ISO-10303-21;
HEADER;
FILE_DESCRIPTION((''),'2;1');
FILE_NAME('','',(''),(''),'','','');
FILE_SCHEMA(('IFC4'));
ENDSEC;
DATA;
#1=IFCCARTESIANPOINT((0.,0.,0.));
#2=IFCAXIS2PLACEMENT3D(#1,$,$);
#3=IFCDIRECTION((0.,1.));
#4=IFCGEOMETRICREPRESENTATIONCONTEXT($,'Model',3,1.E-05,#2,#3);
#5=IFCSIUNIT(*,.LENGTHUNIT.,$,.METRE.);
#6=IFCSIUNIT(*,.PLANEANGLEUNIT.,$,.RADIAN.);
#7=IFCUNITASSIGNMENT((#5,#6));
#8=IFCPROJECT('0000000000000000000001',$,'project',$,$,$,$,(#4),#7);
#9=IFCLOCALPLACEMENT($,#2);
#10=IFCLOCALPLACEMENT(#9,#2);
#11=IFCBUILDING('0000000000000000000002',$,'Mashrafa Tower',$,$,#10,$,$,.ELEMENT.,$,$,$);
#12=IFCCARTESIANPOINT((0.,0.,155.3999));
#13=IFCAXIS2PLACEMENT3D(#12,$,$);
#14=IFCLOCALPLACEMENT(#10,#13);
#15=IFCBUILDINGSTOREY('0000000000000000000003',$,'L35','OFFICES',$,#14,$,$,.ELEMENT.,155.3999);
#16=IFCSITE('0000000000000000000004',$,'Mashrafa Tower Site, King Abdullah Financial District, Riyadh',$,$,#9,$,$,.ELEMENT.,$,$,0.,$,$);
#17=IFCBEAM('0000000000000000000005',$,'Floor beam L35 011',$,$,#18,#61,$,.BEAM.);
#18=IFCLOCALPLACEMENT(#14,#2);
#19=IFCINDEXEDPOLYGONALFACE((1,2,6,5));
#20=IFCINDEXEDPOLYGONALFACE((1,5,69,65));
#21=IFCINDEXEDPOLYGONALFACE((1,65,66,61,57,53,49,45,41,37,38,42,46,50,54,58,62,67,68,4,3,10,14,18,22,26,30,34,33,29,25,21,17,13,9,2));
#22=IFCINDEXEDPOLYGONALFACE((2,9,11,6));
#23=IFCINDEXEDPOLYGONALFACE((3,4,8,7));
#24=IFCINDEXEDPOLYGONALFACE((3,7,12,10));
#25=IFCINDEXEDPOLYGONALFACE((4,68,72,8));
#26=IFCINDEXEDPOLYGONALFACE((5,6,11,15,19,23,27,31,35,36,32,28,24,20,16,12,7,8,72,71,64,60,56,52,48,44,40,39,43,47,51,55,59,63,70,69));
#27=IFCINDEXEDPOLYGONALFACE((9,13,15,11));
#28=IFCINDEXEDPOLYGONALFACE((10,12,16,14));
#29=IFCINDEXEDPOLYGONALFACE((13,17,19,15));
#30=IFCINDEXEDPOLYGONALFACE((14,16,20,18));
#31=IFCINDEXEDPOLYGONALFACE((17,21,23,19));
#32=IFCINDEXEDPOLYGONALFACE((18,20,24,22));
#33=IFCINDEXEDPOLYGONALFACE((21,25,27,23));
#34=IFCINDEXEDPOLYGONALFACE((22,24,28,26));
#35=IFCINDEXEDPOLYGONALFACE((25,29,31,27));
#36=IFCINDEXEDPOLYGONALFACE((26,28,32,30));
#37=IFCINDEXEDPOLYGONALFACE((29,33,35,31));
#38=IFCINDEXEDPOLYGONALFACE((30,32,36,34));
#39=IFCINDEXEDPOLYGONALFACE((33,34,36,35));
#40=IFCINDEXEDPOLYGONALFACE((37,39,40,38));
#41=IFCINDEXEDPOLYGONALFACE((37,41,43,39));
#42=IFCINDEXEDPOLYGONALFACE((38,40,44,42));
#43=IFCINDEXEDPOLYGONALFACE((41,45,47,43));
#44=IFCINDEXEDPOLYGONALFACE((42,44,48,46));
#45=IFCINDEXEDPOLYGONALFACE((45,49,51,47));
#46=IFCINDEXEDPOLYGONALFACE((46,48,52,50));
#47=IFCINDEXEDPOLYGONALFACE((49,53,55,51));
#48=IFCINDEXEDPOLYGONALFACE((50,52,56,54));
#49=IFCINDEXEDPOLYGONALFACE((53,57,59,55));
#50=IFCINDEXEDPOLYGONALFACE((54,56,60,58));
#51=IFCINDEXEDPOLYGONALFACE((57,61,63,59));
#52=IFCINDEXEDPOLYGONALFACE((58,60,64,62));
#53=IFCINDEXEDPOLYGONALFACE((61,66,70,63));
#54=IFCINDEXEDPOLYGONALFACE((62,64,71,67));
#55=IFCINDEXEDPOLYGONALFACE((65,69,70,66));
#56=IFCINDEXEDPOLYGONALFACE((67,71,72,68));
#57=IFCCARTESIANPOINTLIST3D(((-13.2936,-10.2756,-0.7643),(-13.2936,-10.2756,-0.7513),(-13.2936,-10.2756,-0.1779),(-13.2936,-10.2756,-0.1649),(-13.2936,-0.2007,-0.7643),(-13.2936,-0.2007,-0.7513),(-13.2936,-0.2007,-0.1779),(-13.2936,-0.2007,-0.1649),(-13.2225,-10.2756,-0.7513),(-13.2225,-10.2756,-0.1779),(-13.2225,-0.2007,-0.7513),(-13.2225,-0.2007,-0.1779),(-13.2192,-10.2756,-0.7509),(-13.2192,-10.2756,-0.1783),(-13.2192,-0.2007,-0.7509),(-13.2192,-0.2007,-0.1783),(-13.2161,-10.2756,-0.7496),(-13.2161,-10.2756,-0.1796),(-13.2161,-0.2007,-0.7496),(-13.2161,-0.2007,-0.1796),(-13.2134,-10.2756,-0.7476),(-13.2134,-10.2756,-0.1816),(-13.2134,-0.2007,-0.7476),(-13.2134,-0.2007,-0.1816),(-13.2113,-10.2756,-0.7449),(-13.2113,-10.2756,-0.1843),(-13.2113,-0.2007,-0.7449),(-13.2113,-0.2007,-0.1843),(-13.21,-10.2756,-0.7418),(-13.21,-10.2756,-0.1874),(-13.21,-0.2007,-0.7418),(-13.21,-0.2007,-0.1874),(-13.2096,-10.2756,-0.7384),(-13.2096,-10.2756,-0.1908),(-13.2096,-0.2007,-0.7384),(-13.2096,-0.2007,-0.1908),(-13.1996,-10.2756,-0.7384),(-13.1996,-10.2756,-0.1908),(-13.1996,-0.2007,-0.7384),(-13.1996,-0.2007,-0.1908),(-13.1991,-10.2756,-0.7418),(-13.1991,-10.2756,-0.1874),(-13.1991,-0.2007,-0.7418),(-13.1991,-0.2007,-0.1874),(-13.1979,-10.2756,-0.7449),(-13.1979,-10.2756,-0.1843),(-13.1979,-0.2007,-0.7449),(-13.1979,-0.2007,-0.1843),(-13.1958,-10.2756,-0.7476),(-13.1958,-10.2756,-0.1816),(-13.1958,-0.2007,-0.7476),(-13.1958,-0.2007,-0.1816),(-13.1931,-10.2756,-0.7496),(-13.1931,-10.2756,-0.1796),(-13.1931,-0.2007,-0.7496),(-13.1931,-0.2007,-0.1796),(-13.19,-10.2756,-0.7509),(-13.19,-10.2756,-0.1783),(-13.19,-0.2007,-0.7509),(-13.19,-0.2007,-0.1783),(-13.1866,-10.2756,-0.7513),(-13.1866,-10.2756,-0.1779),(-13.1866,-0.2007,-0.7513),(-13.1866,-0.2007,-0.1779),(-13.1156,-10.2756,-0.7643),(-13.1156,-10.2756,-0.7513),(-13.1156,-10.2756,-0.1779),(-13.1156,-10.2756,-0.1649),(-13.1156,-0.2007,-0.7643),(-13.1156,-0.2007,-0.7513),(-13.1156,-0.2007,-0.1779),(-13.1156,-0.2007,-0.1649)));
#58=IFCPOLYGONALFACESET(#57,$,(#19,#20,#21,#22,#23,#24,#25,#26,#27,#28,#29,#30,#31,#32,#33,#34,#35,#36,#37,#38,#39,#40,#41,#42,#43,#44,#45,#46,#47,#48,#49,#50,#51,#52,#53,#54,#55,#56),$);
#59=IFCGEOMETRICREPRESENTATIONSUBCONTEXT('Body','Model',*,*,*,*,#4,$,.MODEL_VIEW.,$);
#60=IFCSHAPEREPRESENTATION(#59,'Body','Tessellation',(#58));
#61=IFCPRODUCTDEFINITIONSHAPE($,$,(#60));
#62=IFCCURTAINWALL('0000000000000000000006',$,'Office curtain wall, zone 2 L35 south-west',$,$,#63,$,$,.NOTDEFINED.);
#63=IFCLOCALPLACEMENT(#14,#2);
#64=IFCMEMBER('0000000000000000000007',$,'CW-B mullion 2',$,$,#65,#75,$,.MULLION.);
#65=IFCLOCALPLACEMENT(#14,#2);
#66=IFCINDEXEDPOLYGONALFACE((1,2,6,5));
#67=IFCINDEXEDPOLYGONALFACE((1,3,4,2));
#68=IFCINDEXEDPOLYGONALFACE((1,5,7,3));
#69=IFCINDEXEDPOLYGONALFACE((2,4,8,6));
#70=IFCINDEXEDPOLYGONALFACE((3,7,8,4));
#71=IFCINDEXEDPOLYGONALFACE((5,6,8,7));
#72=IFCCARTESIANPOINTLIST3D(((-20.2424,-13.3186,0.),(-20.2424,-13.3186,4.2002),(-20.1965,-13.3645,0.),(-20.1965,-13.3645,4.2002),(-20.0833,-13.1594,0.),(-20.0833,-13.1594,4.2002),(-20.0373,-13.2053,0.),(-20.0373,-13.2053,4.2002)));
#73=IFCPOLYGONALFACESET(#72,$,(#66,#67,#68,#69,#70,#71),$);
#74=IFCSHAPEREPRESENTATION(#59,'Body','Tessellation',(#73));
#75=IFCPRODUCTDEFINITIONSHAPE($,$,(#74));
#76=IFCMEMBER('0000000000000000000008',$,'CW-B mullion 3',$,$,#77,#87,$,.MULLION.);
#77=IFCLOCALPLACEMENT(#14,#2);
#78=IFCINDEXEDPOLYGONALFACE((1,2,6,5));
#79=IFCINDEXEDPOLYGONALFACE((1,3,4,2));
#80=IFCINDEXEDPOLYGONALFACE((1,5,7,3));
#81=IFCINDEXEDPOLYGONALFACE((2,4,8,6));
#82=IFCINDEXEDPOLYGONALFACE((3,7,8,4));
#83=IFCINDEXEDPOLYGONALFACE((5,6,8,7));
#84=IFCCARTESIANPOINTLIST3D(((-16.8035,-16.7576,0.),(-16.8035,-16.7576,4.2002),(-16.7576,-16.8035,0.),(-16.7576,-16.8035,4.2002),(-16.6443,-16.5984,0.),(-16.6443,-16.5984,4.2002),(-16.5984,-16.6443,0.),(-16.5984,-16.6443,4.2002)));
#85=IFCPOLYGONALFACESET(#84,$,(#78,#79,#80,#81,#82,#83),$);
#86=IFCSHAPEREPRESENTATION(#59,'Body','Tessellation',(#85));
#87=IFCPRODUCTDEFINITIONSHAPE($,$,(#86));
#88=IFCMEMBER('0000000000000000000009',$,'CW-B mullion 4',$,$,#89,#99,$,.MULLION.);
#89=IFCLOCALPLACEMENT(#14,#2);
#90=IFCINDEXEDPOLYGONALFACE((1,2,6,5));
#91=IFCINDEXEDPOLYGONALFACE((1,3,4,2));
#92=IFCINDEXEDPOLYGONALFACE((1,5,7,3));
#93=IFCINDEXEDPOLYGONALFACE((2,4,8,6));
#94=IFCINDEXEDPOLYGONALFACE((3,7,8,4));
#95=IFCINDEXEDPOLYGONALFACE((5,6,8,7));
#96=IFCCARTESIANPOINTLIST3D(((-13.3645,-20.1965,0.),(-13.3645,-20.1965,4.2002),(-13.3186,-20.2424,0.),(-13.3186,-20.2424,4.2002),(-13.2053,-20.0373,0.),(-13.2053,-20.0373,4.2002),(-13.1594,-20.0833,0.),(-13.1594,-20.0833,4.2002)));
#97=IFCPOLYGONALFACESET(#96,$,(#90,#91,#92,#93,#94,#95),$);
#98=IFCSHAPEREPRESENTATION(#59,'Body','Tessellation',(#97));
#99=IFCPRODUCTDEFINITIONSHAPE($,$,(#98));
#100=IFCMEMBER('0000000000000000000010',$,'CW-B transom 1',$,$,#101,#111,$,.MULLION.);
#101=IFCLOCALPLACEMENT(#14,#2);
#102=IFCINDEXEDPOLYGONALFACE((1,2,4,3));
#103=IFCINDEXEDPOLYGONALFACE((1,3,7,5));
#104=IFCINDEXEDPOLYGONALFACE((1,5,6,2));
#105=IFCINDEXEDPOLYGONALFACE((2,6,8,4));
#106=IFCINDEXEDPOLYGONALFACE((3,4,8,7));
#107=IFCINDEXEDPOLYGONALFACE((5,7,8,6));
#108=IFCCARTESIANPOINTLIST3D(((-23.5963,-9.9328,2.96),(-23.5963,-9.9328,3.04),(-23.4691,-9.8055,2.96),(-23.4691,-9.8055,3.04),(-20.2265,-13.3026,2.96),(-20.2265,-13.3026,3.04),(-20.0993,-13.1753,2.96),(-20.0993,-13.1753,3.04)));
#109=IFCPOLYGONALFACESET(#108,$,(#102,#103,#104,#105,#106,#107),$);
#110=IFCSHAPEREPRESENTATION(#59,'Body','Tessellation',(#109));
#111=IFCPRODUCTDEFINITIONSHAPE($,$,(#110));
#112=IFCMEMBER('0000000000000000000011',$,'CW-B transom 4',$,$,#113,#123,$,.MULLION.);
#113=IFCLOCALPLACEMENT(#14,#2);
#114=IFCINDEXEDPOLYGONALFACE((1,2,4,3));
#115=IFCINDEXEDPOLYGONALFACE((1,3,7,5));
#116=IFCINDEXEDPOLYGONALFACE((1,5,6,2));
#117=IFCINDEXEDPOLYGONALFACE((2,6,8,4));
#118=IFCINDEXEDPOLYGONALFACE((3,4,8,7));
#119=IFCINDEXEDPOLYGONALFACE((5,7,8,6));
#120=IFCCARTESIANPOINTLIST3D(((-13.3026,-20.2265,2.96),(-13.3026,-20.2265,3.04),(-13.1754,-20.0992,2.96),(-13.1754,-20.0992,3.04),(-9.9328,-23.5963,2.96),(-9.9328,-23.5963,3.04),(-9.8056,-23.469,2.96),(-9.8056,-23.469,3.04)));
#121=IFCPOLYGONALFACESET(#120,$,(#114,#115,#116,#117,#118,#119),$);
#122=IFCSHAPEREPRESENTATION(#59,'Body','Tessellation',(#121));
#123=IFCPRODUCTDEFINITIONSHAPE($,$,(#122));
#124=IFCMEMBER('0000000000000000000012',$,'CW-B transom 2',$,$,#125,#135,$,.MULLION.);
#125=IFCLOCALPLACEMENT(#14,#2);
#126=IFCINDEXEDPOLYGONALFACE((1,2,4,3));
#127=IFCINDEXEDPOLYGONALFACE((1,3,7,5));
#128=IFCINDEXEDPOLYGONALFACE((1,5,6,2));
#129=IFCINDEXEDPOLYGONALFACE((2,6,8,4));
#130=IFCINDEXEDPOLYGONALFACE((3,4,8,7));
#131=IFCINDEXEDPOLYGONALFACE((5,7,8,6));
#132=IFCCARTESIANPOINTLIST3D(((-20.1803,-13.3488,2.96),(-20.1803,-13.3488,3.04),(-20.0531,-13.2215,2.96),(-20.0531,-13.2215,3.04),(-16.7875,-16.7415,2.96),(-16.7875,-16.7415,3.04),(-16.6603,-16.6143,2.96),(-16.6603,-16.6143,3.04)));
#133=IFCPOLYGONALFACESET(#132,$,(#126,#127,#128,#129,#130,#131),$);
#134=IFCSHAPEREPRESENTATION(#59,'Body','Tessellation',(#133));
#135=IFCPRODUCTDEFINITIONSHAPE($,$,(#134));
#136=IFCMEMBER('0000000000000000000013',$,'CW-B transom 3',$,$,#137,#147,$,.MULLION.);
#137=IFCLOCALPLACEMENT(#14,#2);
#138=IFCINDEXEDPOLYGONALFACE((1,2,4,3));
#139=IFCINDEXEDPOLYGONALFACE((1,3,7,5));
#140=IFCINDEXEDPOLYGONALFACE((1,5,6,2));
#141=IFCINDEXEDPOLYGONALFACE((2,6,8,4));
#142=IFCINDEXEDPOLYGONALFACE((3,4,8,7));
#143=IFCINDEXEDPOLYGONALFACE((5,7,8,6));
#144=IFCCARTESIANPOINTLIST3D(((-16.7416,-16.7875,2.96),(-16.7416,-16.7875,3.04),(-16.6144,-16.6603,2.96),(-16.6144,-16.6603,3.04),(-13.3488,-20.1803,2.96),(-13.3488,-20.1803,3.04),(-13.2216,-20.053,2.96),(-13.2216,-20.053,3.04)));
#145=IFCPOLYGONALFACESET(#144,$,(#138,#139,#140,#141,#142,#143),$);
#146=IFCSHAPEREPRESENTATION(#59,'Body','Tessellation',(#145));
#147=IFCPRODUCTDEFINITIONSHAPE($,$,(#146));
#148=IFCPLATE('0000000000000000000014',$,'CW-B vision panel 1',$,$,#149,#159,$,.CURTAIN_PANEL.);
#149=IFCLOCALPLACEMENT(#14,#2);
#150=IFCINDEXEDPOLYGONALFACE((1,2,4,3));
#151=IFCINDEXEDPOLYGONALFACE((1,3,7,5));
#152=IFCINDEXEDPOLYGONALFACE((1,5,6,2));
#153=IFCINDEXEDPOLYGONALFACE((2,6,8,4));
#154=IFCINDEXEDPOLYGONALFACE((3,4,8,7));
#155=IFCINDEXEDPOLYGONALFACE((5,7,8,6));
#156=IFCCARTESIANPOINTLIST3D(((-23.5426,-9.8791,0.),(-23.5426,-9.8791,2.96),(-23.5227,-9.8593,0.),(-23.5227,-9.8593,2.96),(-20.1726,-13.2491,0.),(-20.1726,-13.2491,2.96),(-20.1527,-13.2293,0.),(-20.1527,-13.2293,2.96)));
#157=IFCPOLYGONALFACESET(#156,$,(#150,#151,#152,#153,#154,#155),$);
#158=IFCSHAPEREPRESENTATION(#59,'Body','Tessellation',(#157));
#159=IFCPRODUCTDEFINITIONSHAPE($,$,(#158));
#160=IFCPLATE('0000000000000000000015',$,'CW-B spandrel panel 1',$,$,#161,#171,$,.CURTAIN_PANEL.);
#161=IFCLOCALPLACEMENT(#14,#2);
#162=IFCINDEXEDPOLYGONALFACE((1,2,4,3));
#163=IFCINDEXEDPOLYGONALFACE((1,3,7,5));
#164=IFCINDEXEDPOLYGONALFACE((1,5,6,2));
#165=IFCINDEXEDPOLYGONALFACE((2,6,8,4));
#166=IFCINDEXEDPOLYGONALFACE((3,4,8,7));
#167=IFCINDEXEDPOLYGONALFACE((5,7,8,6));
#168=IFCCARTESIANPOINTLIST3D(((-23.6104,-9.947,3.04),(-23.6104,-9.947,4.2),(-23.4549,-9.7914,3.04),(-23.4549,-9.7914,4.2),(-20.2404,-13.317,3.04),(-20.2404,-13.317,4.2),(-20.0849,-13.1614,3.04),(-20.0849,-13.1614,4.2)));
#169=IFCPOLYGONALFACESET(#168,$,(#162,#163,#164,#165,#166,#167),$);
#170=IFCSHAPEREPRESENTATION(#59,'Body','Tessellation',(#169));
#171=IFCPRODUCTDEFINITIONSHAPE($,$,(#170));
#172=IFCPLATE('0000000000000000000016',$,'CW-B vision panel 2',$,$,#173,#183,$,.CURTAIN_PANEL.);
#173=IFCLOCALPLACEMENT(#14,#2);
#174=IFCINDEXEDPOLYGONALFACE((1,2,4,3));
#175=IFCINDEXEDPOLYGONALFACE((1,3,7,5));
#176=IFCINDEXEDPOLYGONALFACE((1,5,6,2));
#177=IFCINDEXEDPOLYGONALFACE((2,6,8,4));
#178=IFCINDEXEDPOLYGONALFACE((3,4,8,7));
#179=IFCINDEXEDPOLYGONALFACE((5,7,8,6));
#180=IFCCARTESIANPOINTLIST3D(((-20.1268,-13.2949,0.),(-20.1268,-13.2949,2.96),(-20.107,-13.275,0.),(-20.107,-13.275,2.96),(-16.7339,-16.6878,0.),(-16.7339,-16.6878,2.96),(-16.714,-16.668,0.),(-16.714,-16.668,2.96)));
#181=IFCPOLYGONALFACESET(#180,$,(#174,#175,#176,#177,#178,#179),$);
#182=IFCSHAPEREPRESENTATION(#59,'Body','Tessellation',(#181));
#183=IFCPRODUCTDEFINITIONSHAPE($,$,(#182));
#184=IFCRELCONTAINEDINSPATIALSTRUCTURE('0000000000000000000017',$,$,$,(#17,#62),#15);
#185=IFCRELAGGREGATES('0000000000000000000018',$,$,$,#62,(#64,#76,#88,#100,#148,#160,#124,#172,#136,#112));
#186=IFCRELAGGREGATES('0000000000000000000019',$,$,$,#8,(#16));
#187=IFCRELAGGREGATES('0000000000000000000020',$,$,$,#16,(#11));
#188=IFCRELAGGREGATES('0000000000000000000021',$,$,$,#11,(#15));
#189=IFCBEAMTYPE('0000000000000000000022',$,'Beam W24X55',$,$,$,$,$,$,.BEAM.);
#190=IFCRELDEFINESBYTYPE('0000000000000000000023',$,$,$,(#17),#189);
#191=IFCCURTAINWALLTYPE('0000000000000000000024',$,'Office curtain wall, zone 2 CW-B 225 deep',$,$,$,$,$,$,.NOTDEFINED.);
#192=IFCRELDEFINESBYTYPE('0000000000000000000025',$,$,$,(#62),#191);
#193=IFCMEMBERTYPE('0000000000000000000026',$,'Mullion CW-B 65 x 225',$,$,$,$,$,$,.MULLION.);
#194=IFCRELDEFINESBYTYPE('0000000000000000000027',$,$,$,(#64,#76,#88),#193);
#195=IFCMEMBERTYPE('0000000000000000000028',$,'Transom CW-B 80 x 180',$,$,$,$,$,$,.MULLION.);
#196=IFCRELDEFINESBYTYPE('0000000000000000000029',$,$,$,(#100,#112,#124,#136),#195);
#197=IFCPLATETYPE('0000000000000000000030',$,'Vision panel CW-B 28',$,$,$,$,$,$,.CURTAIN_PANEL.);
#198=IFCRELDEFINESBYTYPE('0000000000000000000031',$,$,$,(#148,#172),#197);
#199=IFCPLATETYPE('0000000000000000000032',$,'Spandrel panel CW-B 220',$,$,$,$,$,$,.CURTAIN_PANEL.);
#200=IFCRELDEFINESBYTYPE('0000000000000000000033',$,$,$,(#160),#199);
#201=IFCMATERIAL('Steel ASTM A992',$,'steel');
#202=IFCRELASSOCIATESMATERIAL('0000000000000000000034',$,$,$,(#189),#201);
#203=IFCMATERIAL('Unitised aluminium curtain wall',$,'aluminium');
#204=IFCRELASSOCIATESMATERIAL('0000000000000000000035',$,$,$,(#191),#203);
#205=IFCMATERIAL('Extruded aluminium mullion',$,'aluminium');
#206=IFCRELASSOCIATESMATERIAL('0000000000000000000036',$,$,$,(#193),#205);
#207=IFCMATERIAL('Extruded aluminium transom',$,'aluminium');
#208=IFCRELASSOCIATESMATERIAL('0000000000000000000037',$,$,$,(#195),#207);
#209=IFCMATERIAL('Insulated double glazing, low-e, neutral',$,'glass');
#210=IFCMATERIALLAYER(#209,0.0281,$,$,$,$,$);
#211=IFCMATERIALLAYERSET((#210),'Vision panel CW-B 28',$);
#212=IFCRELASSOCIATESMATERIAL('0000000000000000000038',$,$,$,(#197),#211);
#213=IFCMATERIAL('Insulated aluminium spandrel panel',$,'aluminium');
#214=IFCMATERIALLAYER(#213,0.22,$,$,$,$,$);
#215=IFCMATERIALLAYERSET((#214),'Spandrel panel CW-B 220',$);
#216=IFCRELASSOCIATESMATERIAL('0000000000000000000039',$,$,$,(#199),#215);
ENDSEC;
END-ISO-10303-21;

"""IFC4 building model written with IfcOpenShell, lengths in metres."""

from ifc_helpers import new_model, si_unit, direction, frame, origin, origin_2d, place, context, subcontext, project, spatial, rectangle, i_section, extrude, source, transform, mapped, material, layer, layer_set, material_profile, profile_set, type_object, type_shapes, element, aggregate, save


model = new_model("IFC4")

# Units and contexts
model_context = context("Model", 3, precision=1e-05, world=origin(), true_north=direction((0.0, 1.0)))
body_context = subcontext(model_context, "Body", "Model", "MODEL_VIEW")
ifc_project = project(units=[si_unit("LENGTHUNIT", "METRE"), si_unit("PLANEANGLEUNIT", "RADIAN")], contexts=[model_context])

# Site, building, storey
site_placement = place(None, origin())
site = spatial("IfcSite", under=ifc_project, at=site_placement, Name="Mashrafa Tower Site, King Abdullah Financial District, Riyadh", CompositionType="ELEMENT", RefElevation=0.0)
building_placement = place(site_placement, origin())
building = spatial("IfcBuilding", under=site, at=building_placement, Name="Mashrafa Tower", CompositionType="ELEMENT")
storey_placement = place(building_placement, frame((0.0, 0.0, 155.3999)))
storey = spatial("IfcBuildingStorey", under=building, at=storey_placement, Name="L35", Description="OFFICES", CompositionType="ELEMENT", Elevation=155.3999)

# Beam
ifc_material_1 = material(Name="Steel ASTM A992", Category="steel")
ifc_material_profile_1 = material_profile(ifc_material_1, i_section(OverallWidth=0.178, OverallDepth=0.5994, WebThickness=0.01, FlangeThickness=0.0129, FilletRadius=0.0129, at=origin_2d()), Name="W24X55")
ifc_profile_set_1 = profile_set([ifc_material_profile_1], Name="Steel ASTM A992")
beam_type_1 = type_object("IfcBeamType", Name="Beam W24X55", PredefinedType="BEAM", material=ifc_profile_set_1)
beam_1_placement = place(storey_placement, frame((-13.2046, -10.2756, -0.4646), z_axis=(0.0, 1.0, 0.0), x_axis=(-1.0, 0.0, 0.0)))
element("IfcBeam", 1, at=beam_1_placement, inside=storey, type_object=beam_type_1, Name="Floor beam L35 011", PredefinedType="BEAM", context=body_context, shape_type="SweptSolid", body=[
    extrude(i_section(OverallWidth=0.178, OverallDepth=0.5994, WebThickness=0.01, FlangeThickness=0.0129, FilletRadius=0.0129, at=origin_2d()), origin(), (0.0, 0.0, 1.0), 10.075),
])

# Curtain wall, members, plates
ifc_material_2 = material(Name="Unitised aluminium curtain wall", Category="aluminium")
curtain_wall_type = type_object("IfcCurtainWallType", Name="Office curtain wall, zone 2 CW-B 225 deep", PredefinedType="NOTDEFINED", material=ifc_material_2)
curtain_wall_placement = place(storey_placement, origin())
curtain_wall = element("IfcCurtainWall", 2, at=curtain_wall_placement, inside=storey, type_object=curtain_wall_type, Name="Office curtain wall, zone 2 L35 south-west", PredefinedType="NOTDEFINED")
ifc_material_3 = material(Name="Extruded aluminium mullion", Category="aluminium")
ifc_material_profile_2 = material_profile(ifc_material_3, rectangle(XDim=0.2251, YDim=0.0649, at=origin_2d()), Name="Mullion 65x225")
ifc_profile_set_2 = profile_set([ifc_material_profile_2], Name="Extruded aluminium mullion")
member_type_1 = type_object("IfcMemberType", Name="Mullion CW-B 65 x 225", PredefinedType="MULLION", material=ifc_profile_set_2)
shared_shape_1 = source(origin(), body_context, "Body", "SweptSolid", [
    extrude(rectangle(XDim=0.2251, YDim=0.0649, at=origin_2d()), origin(), (0.0, 0.0, 1.0), 4.2002),
])
type_shapes(member_type_1, [shared_shape_1])
member_1_placement = place(storey_placement, frame((-20.1399, -13.262, 0.0), z_axis=(0.0, 0.0, 1.0), x_axis=(0.707107, 0.707107, 0.0)))
member_1 = element("IfcMember", 3, at=member_1_placement, type_object=member_type_1, Name="CW-B mullion 2", PredefinedType="MULLION", context=body_context, shape_type="MappedRepresentation", body=[
    mapped(shared_shape_1, transform((0.0, 0.0, 0.0))),
])
member_2_placement = place(storey_placement, frame((-16.7009, -16.7009, 0.0), z_axis=(0.0, 0.0, 1.0), x_axis=(0.707107, 0.707107, 0.0)))
member_2 = element("IfcMember", 4, at=member_2_placement, type_object=member_type_1, Name="CW-B mullion 3", PredefinedType="MULLION", context=body_context, shape_type="MappedRepresentation", body=[
    mapped(shared_shape_1, transform((0.0, 0.0, 0.0))),
])
member_3_placement = place(storey_placement, frame((-13.262, -20.1399, 0.0), z_axis=(0.0, 0.0, 1.0), x_axis=(0.707107, 0.707107, 0.0)))
member_3 = element("IfcMember", 5, at=member_3_placement, type_object=member_type_1, Name="CW-B mullion 4", PredefinedType="MULLION", context=body_context, shape_type="MappedRepresentation", body=[
    mapped(shared_shape_1, transform((0.0, 0.0, 0.0))),
])
ifc_material_4 = material(Name="Extruded aluminium transom", Category="aluminium")
ifc_material_profile_3 = material_profile(ifc_material_4, rectangle(XDim=0.1799, YDim=0.0801, at=origin_2d()), Name="Transom 80x180")
ifc_profile_set_3 = profile_set([ifc_material_profile_3], Name="Extruded aluminium transom")
member_type_2 = type_object("IfcMemberType", Name="Transom CW-B 80 x 180", PredefinedType="MULLION", material=ifc_profile_set_3)
shared_shape_2 = source(origin(), body_context, "Body", "SweptSolid", [
    extrude(rectangle(XDim=0.1799, YDim=0.0801, at=origin_2d()), origin(), (0.0, 0.0, 1.0), 4.7656),
])
member_4_placement = place(storey_placement, frame((-23.5327, -9.8691, 3.0), z_axis=(0.707107, -0.707107, 0.0), x_axis=(0.707107, 0.707107, 0.0)))
member_4 = element("IfcMember", 6, at=member_4_placement, type_object=member_type_2, Name="CW-B transom 1", PredefinedType="MULLION", context=body_context, shape_type="MappedRepresentation", body=[
    mapped(shared_shape_2, transform((0.0, 0.0, 0.0))),
])
member_5_placement = place(storey_placement, frame((-13.239, -20.1628, 3.0), z_axis=(0.707107, -0.707107, 0.0), x_axis=(0.707107, 0.707107, 0.0)))
member_5 = element("IfcMember", 7, at=member_5_placement, type_object=member_type_2, Name="CW-B transom 4", PredefinedType="MULLION", context=body_context, shape_type="MappedRepresentation", body=[
    mapped(shared_shape_2, transform((0.0, 0.0, 0.0))),
])
shared_shape_3 = source(origin(), body_context, "Body", "SweptSolid", [
    extrude(rectangle(XDim=0.1799, YDim=0.0801, at=origin_2d()), origin(), (0.0, 0.0, 1.0), 4.7981),
])
type_shapes(member_type_2, [shared_shape_2, shared_shape_3])
member_6_placement = place(storey_placement, frame((-20.1167, -13.2852, 3.0), z_axis=(0.707107, -0.707107, 0.0), x_axis=(0.707107, 0.707107, 0.0)))
member_6 = element("IfcMember", 8, at=member_6_placement, type_object=member_type_2, Name="CW-B transom 2", PredefinedType="MULLION", context=body_context, shape_type="MappedRepresentation", body=[
    mapped(shared_shape_3, transform((0.0, 0.0, 0.0))),
])
member_7_placement = place(storey_placement, frame((-16.678, -16.7239, 3.0), z_axis=(0.707107, -0.707107, 0.0), x_axis=(0.707107, 0.707107, 0.0)))
member_7 = element("IfcMember", 9, at=member_7_placement, type_object=member_type_2, Name="CW-B transom 3", PredefinedType="MULLION", context=body_context, shape_type="MappedRepresentation", body=[
    mapped(shared_shape_3, transform((0.0, 0.0, 0.0))),
])
ifc_material_5 = material(Name="Insulated double glazing, low-e, neutral", Category="glass")
ifc_layer_1 = layer(ifc_material_5, 0.0281)
ifc_layer_set_1 = layer_set([ifc_layer_1], Name="Vision panel CW-B 28")
plate_type_1 = type_object("IfcPlateType", Name="Vision panel CW-B 28", PredefinedType="CURTAIN_PANEL", material=ifc_layer_set_1)
shared_shape_4 = source(origin(), body_context, "Body", "SweptSolid", [
    extrude(rectangle(XDim=4.7659, YDim=0.0281, at=origin_2d()), origin(), (0.0, 0.0, 1.0), 2.96),
])
plate_1_placement = place(storey_placement, frame((-21.8477, -11.5542, 0.0), z_axis=(0.0, 0.0, 1.0), x_axis=(0.707107, -0.707107, 0.0)))
plate_1 = element("IfcPlate", 10, at=plate_1_placement, type_object=plate_type_1, Name="CW-B vision panel 1", PredefinedType="CURTAIN_PANEL", context=body_context, shape_type="MappedRepresentation", body=[
    mapped(shared_shape_4, transform((0.0, 0.0, 0.0))),
])
ifc_material_6 = material(Name="Insulated aluminium spandrel panel", Category="aluminium")
ifc_layer_2 = layer(ifc_material_6, 0.22)
ifc_layer_set_2 = layer_set([ifc_layer_2], Name="Spandrel panel CW-B 220")
plate_type_2 = type_object("IfcPlateType", Name="Spandrel panel CW-B 220", PredefinedType="CURTAIN_PANEL", material=ifc_layer_set_2)
shared_shape_5 = source(origin(), body_context, "Body", "SweptSolid", [
    extrude(rectangle(XDim=4.7659, YDim=0.22, at=origin_2d()), origin(), (0.0, 0.0, 1.0), 1.1599),
])
plate_2_placement = place(storey_placement, frame((-21.8477, -11.5542, 3.04), z_axis=(0.0, 0.0, 1.0), x_axis=(0.707107, -0.707107, 0.0)))
plate_2 = element("IfcPlate", 11, at=plate_2_placement, type_object=plate_type_2, Name="CW-B spandrel panel 1", PredefinedType="CURTAIN_PANEL", context=body_context, shape_type="MappedRepresentation", body=[
    mapped(shared_shape_5, transform((0.0, 0.0, 0.0))),
])
shared_shape_6 = source(origin(), body_context, "Body", "SweptSolid", [
    extrude(rectangle(XDim=4.7983, YDim=0.0281, at=origin_2d()), origin(), (0.0, 0.0, 1.0), 2.96),
])
type_shapes(plate_type_1, [shared_shape_4, shared_shape_6])
plate_3_placement = place(storey_placement, frame((-18.4204, -14.9814, 0.0), z_axis=(0.0, 0.0, 1.0), x_axis=(0.707107, -0.707107, 0.0)))
plate_3 = element("IfcPlate", 12, at=plate_3_placement, type_object=plate_type_1, Name="CW-B vision panel 2", PredefinedType="CURTAIN_PANEL", context=body_context, shape_type="MappedRepresentation", body=[
    mapped(shared_shape_6, transform((0.0, 0.0, 0.0))),
])
aggregate(curtain_wall, [member_1, member_2, member_3, member_4, plate_1, plate_2, member_6, plate_3, member_7, member_5])

save(model, "model.ifc")
